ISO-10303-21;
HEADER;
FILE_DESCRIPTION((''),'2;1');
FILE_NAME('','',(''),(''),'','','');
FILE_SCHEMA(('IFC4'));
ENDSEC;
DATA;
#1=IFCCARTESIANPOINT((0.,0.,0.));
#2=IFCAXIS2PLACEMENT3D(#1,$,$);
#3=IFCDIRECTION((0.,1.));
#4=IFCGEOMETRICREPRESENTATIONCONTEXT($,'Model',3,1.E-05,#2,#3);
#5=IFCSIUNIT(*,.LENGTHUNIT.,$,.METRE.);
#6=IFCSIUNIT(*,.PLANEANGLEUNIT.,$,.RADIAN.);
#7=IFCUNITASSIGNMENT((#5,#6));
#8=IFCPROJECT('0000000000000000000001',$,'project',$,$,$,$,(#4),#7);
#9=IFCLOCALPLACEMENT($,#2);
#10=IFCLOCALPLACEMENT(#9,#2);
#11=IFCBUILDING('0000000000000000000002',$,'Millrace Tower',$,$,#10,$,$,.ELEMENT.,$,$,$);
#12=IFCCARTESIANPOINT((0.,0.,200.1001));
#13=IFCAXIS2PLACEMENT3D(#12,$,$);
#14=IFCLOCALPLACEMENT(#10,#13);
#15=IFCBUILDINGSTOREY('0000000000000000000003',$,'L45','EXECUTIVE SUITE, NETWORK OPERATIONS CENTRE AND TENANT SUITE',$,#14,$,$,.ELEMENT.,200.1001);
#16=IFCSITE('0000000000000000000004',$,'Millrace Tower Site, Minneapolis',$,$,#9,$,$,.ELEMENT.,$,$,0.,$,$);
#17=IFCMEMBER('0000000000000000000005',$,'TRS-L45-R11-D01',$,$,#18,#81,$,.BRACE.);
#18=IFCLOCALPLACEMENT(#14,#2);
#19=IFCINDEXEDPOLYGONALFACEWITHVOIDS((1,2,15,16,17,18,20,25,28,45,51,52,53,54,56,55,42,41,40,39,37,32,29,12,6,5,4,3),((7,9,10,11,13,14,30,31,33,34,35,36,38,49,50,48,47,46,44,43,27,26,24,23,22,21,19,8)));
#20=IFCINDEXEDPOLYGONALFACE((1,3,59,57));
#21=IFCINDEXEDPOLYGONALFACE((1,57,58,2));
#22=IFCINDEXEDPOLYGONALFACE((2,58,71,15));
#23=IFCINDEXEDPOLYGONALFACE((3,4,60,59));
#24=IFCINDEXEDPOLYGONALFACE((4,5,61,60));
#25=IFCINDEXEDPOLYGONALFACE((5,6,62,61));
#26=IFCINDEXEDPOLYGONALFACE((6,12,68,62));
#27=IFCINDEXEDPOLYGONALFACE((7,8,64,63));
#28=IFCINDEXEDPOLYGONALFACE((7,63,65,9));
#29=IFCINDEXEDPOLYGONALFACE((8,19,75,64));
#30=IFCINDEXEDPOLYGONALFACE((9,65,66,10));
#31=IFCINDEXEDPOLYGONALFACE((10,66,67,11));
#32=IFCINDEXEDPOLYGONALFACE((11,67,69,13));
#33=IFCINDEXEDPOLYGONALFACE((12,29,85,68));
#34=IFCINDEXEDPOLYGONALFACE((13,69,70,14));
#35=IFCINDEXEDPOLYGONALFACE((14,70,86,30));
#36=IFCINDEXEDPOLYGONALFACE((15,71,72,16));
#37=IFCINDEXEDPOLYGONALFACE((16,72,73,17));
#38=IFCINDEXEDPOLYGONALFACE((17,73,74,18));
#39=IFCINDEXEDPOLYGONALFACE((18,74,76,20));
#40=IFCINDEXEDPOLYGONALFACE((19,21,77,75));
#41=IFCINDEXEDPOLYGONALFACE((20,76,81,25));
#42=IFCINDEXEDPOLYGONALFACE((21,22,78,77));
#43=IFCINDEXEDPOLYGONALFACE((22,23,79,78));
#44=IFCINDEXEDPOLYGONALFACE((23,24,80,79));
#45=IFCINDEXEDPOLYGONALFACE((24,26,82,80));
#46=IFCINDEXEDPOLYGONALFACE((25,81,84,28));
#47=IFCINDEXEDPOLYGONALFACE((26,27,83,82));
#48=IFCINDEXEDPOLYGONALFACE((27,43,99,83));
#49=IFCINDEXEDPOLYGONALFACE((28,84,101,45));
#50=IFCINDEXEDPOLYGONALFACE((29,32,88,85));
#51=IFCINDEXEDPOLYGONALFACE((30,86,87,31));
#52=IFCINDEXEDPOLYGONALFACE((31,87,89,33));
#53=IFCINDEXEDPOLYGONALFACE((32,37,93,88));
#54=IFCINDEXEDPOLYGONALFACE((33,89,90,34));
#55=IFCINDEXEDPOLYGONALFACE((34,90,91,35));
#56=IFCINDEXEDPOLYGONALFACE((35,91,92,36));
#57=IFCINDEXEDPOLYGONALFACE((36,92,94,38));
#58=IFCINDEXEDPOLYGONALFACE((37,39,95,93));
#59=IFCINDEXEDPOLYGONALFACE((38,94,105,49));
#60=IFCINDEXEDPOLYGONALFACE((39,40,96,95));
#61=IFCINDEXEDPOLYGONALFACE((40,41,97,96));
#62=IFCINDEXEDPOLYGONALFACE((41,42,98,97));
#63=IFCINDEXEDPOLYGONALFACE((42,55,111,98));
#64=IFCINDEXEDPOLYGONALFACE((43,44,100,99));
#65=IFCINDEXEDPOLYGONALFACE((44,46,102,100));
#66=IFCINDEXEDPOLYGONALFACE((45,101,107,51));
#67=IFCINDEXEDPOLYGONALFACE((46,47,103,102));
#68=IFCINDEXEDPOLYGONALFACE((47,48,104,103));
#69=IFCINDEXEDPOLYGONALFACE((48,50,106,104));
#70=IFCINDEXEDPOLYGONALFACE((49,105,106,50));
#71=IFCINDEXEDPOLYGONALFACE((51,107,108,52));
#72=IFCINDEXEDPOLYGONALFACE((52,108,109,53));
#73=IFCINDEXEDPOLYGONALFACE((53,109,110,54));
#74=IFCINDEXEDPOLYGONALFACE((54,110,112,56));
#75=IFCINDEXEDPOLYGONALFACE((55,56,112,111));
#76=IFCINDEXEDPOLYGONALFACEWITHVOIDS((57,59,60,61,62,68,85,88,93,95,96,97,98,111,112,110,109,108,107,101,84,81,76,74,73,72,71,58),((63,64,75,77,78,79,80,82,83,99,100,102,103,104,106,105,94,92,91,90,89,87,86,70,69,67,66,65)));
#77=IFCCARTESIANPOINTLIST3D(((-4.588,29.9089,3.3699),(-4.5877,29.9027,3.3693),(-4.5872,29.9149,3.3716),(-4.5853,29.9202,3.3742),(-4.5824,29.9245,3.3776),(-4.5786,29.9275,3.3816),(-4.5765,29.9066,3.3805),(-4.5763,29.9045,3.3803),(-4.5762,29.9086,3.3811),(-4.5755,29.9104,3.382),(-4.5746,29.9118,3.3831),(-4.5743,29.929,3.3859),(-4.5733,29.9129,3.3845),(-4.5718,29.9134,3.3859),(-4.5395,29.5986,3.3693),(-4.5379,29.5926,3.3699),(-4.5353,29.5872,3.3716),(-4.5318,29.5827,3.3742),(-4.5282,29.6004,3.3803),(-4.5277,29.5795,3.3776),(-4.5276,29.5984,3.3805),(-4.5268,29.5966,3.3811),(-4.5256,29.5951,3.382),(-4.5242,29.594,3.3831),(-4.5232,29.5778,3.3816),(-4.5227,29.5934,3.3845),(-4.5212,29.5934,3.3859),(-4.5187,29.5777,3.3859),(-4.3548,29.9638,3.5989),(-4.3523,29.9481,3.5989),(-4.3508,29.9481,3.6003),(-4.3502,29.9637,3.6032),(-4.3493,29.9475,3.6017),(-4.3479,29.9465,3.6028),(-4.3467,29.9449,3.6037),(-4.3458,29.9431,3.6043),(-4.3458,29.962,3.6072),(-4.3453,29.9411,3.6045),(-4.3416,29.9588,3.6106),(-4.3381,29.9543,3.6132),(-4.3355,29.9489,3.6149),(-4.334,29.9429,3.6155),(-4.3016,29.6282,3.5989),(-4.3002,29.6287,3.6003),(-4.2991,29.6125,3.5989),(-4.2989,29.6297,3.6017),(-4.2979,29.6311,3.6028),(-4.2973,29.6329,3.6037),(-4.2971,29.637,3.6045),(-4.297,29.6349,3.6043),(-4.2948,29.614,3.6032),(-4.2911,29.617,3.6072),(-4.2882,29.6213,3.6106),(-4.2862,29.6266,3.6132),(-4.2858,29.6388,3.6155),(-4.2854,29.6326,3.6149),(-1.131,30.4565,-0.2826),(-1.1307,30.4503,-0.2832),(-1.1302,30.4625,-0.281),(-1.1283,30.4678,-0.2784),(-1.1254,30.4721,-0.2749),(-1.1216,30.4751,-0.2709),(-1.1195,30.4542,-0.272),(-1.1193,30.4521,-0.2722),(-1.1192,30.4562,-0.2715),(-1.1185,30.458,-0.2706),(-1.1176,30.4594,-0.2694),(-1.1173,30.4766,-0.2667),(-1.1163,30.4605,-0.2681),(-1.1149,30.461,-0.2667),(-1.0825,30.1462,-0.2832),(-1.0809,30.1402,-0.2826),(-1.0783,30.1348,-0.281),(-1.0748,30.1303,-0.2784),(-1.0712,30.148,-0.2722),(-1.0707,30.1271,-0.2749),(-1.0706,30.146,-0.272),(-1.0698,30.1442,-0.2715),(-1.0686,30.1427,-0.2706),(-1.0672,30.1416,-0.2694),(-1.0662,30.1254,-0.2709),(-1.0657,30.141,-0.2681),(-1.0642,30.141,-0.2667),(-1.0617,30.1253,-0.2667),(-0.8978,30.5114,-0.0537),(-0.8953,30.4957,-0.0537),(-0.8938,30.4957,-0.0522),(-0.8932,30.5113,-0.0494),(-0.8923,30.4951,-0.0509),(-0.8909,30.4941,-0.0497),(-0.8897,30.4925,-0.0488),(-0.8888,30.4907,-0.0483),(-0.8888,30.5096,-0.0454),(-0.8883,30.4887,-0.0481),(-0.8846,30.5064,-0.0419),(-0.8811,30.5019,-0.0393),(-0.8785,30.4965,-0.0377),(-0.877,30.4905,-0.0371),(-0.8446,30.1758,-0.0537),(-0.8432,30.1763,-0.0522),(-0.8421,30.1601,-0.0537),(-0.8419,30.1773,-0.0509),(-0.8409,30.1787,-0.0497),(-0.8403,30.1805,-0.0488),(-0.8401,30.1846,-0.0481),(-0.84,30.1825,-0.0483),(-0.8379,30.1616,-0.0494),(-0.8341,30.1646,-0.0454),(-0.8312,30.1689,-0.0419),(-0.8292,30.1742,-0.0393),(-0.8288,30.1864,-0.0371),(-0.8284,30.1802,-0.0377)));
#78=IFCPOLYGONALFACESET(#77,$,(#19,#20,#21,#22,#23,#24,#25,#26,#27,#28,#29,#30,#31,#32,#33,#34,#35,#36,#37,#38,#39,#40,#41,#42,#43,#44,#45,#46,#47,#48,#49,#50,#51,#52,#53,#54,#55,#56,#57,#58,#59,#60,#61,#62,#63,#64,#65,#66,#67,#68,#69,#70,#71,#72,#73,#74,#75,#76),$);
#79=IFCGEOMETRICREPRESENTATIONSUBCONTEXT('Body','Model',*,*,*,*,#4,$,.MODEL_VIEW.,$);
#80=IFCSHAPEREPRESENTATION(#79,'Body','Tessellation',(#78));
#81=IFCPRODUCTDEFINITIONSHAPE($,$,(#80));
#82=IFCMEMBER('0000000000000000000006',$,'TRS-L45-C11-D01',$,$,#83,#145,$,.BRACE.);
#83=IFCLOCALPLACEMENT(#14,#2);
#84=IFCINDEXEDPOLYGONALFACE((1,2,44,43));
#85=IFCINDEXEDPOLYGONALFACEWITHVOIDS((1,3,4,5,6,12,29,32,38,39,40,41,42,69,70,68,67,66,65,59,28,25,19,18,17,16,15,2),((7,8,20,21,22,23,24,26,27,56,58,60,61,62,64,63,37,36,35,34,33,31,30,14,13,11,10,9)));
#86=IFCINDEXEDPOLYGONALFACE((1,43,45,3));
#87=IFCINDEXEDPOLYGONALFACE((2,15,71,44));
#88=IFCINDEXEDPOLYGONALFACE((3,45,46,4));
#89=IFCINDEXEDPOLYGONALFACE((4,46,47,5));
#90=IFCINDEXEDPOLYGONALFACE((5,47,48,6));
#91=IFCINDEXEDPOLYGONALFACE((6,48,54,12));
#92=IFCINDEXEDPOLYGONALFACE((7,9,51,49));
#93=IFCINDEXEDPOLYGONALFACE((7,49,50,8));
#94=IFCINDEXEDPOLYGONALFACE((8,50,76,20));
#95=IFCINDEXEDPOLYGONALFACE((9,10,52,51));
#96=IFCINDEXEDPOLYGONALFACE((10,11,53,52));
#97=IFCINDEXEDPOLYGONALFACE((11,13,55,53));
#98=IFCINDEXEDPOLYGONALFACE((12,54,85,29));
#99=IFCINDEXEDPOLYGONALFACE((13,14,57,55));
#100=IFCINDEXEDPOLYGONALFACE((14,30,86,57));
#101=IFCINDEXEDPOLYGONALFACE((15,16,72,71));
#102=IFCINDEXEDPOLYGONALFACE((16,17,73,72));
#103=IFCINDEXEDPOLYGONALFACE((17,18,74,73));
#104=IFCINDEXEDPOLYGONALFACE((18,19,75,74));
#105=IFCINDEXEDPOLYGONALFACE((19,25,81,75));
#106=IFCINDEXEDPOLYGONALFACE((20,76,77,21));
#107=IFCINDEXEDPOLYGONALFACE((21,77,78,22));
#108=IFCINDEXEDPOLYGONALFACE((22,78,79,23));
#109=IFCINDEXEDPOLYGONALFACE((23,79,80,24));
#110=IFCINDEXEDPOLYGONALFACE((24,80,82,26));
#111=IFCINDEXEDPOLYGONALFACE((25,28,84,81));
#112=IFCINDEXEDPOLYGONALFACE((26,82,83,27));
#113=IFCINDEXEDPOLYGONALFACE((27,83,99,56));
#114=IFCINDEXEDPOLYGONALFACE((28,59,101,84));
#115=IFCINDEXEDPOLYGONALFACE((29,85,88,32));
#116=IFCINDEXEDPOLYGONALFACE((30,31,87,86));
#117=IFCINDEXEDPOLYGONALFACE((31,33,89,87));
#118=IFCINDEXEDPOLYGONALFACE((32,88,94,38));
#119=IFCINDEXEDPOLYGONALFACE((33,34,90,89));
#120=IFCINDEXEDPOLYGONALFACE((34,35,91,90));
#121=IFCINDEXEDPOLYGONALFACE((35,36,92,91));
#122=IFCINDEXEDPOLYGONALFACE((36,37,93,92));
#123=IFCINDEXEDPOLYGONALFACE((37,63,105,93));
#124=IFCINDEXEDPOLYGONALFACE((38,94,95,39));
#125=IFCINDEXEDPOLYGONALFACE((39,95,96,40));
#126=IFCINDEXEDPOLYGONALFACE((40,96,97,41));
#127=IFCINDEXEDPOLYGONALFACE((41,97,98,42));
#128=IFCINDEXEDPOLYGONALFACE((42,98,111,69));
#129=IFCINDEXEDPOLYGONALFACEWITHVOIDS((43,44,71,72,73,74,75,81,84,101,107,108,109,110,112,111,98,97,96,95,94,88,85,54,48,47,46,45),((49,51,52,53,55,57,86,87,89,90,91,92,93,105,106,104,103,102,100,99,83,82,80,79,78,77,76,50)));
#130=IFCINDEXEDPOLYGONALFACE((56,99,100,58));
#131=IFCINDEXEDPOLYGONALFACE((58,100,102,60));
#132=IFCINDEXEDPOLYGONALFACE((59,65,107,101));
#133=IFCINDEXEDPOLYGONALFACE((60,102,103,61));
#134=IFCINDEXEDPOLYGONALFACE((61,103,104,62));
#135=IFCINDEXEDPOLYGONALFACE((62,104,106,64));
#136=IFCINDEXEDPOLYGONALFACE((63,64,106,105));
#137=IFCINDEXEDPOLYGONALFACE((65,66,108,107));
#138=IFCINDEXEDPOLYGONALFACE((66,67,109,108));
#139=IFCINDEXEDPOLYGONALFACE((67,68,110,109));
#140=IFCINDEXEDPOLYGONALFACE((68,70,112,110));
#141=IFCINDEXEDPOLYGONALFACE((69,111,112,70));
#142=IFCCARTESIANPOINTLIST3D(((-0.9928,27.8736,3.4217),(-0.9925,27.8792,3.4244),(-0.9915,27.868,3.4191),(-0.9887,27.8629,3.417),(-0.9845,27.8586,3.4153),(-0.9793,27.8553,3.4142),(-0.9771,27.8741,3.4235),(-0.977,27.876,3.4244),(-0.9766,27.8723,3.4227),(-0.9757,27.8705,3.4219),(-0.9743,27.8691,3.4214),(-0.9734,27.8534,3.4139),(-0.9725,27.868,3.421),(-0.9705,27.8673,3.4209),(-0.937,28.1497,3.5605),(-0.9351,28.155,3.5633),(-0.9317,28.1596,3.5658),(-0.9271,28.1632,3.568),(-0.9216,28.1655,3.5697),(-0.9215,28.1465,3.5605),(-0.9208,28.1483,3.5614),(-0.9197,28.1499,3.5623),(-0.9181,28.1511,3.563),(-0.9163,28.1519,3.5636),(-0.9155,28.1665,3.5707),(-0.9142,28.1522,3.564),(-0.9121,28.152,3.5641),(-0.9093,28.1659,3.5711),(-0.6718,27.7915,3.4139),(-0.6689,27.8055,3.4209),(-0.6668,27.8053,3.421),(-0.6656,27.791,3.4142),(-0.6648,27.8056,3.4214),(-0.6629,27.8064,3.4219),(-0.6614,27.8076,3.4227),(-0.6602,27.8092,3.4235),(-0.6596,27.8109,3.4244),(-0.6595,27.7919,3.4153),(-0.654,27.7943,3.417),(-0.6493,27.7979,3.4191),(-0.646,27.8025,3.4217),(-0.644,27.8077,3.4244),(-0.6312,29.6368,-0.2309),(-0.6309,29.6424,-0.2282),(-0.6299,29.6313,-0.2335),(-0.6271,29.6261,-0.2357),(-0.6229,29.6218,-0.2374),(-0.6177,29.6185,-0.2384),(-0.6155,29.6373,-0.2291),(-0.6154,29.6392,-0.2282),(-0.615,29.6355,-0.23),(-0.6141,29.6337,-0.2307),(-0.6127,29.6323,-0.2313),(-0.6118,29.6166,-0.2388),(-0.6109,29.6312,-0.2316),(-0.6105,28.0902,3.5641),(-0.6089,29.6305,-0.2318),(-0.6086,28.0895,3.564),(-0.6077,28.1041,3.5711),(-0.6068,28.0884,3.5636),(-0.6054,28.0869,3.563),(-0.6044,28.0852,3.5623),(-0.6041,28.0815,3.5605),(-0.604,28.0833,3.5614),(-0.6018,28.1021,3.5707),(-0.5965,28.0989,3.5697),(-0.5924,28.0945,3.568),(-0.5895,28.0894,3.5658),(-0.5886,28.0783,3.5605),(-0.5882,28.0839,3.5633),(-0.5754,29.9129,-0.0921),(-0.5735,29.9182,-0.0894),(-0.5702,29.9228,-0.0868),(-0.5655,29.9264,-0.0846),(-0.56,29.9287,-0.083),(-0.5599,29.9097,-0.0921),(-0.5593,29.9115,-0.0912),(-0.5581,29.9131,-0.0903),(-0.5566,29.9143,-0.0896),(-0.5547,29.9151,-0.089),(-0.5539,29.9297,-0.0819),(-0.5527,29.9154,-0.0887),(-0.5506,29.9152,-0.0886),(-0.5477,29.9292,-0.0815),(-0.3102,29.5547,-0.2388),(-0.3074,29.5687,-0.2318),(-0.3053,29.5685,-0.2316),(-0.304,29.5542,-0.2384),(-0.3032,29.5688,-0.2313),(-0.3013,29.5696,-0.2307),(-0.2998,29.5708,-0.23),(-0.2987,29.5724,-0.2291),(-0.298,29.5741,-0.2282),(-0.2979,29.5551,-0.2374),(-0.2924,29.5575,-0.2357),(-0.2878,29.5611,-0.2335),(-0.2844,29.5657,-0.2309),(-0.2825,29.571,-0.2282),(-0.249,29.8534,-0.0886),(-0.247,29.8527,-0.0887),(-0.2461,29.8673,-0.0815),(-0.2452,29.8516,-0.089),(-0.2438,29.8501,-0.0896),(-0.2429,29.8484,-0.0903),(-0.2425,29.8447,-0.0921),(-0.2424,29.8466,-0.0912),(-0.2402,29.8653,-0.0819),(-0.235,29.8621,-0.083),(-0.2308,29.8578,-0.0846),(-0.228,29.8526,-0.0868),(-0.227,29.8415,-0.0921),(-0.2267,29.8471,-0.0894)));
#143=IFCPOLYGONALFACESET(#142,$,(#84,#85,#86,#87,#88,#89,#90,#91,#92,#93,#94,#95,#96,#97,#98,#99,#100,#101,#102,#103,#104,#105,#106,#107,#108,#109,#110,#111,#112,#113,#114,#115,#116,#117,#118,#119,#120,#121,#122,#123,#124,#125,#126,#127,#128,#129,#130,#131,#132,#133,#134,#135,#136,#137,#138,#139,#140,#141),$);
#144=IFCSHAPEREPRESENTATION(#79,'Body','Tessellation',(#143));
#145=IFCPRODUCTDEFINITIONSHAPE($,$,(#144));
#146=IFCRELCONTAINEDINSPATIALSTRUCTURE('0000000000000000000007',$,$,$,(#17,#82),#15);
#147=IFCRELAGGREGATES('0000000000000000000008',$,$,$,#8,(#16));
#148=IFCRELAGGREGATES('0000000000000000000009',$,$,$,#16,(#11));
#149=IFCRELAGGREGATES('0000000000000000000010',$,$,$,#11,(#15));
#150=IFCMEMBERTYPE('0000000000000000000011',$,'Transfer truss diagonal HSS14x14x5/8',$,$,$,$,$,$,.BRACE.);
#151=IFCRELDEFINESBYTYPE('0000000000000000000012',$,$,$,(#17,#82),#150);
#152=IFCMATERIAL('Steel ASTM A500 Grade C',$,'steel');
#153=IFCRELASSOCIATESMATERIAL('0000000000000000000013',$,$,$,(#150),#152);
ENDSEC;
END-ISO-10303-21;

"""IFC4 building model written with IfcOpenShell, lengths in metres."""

from ifc_helpers import new_model, si_unit, direction, frame, origin, origin_2d, place, context, subcontext, project, spatial, hollow_rectangle, extrude, material, material_profile, profile_set, type_object, element, save


model = new_model("IFC4")

# Units and contexts
model_context = context("Model", 3, precision=1e-05, world=origin(), true_north=direction((0.0, 1.0)))
body_context = subcontext(model_context, "Body", "Model", "MODEL_VIEW")
ifc_project = project(units=[si_unit("LENGTHUNIT", "METRE"), si_unit("PLANEANGLEUNIT", "RADIAN")], contexts=[model_context])

# Site, building, storey
site_placement = place(None, origin())
site = spatial("IfcSite", under=ifc_project, at=site_placement, Name="Millrace Tower Site, Minneapolis", CompositionType="ELEMENT", RefElevation=0.0)
building_placement = place(site_placement, origin())
building = spatial("IfcBuilding", under=site, at=building_placement, Name="Millrace Tower", CompositionType="ELEMENT")
storey_placement = place(building_placement, frame((0.0, 0.0, 200.1001)))
storey = spatial("IfcBuildingStorey", under=building, at=storey_placement, Name="L45", Description="EXECUTIVE SUITE, NETWORK OPERATIONS CENTRE AND TENANT SUITE", CompositionType="ELEMENT", Elevation=200.1001)

# Members
ifc_material_1 = material(Name="Steel ASTM A500 Grade C", Category="steel")
ifc_material_profile_1 = material_profile(ifc_material_1, hollow_rectangle(XDim=0.3557, YDim=0.3557, WallThickness=0.0159, InnerFilletRadius=0.0081, OuterFilletRadius=0.0239, at=origin_2d()))
ifc_profile_set_1 = profile_set([ifc_material_profile_1], Name="Steel ASTM A500 Grade C")
member_type_1 = type_object("IfcMemberType", Name="Transfer truss diagonal HSS14x14x5/8", PredefinedType="BRACE", material=ifc_profile_set_1)
member_1_placement = place(storey_placement, frame((-0.9797, 30.3184, -0.1602), z_axis=(-0.683358, -0.108247, 0.722014), x_axis=(0.156453, -0.987685, 0.0)))
element("IfcMember", 1, at=member_1_placement, inside=storey, type_object=member_type_1, Name="TRS-L45-R11-D01", PredefinedType="BRACE", context=body_context, shape_type="SweptSolid", body=[
    extrude(hollow_rectangle(XDim=0.3557, YDim=0.3557, WallThickness=0.0159, InnerFilletRadius=0.0081, OuterFilletRadius=0.0239, at=origin_2d()), origin(), (0.0, 0.0, 1.0), 5.0588),
])
member_2_placement = place(storey_placement, frame((-0.429, 29.7419, -0.1602), z_axis=(-0.088795, -0.433005, 0.897007), x_axis=(0.979614, -0.200887, 0.0)))
element("IfcMember", 2, at=member_2_placement, inside=storey, type_object=member_type_1, Name="TRS-L45-C11-D01", PredefinedType="BRACE", context=body_context, shape_type="SweptSolid", body=[
    extrude(hollow_rectangle(XDim=0.3557, YDim=0.3557, WallThickness=0.0159, InnerFilletRadius=0.0081, OuterFilletRadius=0.0239, at=origin_2d()), origin(), (0.0, 0.0, 1.0), 4.072),
])

save(model, "model.ifc")
